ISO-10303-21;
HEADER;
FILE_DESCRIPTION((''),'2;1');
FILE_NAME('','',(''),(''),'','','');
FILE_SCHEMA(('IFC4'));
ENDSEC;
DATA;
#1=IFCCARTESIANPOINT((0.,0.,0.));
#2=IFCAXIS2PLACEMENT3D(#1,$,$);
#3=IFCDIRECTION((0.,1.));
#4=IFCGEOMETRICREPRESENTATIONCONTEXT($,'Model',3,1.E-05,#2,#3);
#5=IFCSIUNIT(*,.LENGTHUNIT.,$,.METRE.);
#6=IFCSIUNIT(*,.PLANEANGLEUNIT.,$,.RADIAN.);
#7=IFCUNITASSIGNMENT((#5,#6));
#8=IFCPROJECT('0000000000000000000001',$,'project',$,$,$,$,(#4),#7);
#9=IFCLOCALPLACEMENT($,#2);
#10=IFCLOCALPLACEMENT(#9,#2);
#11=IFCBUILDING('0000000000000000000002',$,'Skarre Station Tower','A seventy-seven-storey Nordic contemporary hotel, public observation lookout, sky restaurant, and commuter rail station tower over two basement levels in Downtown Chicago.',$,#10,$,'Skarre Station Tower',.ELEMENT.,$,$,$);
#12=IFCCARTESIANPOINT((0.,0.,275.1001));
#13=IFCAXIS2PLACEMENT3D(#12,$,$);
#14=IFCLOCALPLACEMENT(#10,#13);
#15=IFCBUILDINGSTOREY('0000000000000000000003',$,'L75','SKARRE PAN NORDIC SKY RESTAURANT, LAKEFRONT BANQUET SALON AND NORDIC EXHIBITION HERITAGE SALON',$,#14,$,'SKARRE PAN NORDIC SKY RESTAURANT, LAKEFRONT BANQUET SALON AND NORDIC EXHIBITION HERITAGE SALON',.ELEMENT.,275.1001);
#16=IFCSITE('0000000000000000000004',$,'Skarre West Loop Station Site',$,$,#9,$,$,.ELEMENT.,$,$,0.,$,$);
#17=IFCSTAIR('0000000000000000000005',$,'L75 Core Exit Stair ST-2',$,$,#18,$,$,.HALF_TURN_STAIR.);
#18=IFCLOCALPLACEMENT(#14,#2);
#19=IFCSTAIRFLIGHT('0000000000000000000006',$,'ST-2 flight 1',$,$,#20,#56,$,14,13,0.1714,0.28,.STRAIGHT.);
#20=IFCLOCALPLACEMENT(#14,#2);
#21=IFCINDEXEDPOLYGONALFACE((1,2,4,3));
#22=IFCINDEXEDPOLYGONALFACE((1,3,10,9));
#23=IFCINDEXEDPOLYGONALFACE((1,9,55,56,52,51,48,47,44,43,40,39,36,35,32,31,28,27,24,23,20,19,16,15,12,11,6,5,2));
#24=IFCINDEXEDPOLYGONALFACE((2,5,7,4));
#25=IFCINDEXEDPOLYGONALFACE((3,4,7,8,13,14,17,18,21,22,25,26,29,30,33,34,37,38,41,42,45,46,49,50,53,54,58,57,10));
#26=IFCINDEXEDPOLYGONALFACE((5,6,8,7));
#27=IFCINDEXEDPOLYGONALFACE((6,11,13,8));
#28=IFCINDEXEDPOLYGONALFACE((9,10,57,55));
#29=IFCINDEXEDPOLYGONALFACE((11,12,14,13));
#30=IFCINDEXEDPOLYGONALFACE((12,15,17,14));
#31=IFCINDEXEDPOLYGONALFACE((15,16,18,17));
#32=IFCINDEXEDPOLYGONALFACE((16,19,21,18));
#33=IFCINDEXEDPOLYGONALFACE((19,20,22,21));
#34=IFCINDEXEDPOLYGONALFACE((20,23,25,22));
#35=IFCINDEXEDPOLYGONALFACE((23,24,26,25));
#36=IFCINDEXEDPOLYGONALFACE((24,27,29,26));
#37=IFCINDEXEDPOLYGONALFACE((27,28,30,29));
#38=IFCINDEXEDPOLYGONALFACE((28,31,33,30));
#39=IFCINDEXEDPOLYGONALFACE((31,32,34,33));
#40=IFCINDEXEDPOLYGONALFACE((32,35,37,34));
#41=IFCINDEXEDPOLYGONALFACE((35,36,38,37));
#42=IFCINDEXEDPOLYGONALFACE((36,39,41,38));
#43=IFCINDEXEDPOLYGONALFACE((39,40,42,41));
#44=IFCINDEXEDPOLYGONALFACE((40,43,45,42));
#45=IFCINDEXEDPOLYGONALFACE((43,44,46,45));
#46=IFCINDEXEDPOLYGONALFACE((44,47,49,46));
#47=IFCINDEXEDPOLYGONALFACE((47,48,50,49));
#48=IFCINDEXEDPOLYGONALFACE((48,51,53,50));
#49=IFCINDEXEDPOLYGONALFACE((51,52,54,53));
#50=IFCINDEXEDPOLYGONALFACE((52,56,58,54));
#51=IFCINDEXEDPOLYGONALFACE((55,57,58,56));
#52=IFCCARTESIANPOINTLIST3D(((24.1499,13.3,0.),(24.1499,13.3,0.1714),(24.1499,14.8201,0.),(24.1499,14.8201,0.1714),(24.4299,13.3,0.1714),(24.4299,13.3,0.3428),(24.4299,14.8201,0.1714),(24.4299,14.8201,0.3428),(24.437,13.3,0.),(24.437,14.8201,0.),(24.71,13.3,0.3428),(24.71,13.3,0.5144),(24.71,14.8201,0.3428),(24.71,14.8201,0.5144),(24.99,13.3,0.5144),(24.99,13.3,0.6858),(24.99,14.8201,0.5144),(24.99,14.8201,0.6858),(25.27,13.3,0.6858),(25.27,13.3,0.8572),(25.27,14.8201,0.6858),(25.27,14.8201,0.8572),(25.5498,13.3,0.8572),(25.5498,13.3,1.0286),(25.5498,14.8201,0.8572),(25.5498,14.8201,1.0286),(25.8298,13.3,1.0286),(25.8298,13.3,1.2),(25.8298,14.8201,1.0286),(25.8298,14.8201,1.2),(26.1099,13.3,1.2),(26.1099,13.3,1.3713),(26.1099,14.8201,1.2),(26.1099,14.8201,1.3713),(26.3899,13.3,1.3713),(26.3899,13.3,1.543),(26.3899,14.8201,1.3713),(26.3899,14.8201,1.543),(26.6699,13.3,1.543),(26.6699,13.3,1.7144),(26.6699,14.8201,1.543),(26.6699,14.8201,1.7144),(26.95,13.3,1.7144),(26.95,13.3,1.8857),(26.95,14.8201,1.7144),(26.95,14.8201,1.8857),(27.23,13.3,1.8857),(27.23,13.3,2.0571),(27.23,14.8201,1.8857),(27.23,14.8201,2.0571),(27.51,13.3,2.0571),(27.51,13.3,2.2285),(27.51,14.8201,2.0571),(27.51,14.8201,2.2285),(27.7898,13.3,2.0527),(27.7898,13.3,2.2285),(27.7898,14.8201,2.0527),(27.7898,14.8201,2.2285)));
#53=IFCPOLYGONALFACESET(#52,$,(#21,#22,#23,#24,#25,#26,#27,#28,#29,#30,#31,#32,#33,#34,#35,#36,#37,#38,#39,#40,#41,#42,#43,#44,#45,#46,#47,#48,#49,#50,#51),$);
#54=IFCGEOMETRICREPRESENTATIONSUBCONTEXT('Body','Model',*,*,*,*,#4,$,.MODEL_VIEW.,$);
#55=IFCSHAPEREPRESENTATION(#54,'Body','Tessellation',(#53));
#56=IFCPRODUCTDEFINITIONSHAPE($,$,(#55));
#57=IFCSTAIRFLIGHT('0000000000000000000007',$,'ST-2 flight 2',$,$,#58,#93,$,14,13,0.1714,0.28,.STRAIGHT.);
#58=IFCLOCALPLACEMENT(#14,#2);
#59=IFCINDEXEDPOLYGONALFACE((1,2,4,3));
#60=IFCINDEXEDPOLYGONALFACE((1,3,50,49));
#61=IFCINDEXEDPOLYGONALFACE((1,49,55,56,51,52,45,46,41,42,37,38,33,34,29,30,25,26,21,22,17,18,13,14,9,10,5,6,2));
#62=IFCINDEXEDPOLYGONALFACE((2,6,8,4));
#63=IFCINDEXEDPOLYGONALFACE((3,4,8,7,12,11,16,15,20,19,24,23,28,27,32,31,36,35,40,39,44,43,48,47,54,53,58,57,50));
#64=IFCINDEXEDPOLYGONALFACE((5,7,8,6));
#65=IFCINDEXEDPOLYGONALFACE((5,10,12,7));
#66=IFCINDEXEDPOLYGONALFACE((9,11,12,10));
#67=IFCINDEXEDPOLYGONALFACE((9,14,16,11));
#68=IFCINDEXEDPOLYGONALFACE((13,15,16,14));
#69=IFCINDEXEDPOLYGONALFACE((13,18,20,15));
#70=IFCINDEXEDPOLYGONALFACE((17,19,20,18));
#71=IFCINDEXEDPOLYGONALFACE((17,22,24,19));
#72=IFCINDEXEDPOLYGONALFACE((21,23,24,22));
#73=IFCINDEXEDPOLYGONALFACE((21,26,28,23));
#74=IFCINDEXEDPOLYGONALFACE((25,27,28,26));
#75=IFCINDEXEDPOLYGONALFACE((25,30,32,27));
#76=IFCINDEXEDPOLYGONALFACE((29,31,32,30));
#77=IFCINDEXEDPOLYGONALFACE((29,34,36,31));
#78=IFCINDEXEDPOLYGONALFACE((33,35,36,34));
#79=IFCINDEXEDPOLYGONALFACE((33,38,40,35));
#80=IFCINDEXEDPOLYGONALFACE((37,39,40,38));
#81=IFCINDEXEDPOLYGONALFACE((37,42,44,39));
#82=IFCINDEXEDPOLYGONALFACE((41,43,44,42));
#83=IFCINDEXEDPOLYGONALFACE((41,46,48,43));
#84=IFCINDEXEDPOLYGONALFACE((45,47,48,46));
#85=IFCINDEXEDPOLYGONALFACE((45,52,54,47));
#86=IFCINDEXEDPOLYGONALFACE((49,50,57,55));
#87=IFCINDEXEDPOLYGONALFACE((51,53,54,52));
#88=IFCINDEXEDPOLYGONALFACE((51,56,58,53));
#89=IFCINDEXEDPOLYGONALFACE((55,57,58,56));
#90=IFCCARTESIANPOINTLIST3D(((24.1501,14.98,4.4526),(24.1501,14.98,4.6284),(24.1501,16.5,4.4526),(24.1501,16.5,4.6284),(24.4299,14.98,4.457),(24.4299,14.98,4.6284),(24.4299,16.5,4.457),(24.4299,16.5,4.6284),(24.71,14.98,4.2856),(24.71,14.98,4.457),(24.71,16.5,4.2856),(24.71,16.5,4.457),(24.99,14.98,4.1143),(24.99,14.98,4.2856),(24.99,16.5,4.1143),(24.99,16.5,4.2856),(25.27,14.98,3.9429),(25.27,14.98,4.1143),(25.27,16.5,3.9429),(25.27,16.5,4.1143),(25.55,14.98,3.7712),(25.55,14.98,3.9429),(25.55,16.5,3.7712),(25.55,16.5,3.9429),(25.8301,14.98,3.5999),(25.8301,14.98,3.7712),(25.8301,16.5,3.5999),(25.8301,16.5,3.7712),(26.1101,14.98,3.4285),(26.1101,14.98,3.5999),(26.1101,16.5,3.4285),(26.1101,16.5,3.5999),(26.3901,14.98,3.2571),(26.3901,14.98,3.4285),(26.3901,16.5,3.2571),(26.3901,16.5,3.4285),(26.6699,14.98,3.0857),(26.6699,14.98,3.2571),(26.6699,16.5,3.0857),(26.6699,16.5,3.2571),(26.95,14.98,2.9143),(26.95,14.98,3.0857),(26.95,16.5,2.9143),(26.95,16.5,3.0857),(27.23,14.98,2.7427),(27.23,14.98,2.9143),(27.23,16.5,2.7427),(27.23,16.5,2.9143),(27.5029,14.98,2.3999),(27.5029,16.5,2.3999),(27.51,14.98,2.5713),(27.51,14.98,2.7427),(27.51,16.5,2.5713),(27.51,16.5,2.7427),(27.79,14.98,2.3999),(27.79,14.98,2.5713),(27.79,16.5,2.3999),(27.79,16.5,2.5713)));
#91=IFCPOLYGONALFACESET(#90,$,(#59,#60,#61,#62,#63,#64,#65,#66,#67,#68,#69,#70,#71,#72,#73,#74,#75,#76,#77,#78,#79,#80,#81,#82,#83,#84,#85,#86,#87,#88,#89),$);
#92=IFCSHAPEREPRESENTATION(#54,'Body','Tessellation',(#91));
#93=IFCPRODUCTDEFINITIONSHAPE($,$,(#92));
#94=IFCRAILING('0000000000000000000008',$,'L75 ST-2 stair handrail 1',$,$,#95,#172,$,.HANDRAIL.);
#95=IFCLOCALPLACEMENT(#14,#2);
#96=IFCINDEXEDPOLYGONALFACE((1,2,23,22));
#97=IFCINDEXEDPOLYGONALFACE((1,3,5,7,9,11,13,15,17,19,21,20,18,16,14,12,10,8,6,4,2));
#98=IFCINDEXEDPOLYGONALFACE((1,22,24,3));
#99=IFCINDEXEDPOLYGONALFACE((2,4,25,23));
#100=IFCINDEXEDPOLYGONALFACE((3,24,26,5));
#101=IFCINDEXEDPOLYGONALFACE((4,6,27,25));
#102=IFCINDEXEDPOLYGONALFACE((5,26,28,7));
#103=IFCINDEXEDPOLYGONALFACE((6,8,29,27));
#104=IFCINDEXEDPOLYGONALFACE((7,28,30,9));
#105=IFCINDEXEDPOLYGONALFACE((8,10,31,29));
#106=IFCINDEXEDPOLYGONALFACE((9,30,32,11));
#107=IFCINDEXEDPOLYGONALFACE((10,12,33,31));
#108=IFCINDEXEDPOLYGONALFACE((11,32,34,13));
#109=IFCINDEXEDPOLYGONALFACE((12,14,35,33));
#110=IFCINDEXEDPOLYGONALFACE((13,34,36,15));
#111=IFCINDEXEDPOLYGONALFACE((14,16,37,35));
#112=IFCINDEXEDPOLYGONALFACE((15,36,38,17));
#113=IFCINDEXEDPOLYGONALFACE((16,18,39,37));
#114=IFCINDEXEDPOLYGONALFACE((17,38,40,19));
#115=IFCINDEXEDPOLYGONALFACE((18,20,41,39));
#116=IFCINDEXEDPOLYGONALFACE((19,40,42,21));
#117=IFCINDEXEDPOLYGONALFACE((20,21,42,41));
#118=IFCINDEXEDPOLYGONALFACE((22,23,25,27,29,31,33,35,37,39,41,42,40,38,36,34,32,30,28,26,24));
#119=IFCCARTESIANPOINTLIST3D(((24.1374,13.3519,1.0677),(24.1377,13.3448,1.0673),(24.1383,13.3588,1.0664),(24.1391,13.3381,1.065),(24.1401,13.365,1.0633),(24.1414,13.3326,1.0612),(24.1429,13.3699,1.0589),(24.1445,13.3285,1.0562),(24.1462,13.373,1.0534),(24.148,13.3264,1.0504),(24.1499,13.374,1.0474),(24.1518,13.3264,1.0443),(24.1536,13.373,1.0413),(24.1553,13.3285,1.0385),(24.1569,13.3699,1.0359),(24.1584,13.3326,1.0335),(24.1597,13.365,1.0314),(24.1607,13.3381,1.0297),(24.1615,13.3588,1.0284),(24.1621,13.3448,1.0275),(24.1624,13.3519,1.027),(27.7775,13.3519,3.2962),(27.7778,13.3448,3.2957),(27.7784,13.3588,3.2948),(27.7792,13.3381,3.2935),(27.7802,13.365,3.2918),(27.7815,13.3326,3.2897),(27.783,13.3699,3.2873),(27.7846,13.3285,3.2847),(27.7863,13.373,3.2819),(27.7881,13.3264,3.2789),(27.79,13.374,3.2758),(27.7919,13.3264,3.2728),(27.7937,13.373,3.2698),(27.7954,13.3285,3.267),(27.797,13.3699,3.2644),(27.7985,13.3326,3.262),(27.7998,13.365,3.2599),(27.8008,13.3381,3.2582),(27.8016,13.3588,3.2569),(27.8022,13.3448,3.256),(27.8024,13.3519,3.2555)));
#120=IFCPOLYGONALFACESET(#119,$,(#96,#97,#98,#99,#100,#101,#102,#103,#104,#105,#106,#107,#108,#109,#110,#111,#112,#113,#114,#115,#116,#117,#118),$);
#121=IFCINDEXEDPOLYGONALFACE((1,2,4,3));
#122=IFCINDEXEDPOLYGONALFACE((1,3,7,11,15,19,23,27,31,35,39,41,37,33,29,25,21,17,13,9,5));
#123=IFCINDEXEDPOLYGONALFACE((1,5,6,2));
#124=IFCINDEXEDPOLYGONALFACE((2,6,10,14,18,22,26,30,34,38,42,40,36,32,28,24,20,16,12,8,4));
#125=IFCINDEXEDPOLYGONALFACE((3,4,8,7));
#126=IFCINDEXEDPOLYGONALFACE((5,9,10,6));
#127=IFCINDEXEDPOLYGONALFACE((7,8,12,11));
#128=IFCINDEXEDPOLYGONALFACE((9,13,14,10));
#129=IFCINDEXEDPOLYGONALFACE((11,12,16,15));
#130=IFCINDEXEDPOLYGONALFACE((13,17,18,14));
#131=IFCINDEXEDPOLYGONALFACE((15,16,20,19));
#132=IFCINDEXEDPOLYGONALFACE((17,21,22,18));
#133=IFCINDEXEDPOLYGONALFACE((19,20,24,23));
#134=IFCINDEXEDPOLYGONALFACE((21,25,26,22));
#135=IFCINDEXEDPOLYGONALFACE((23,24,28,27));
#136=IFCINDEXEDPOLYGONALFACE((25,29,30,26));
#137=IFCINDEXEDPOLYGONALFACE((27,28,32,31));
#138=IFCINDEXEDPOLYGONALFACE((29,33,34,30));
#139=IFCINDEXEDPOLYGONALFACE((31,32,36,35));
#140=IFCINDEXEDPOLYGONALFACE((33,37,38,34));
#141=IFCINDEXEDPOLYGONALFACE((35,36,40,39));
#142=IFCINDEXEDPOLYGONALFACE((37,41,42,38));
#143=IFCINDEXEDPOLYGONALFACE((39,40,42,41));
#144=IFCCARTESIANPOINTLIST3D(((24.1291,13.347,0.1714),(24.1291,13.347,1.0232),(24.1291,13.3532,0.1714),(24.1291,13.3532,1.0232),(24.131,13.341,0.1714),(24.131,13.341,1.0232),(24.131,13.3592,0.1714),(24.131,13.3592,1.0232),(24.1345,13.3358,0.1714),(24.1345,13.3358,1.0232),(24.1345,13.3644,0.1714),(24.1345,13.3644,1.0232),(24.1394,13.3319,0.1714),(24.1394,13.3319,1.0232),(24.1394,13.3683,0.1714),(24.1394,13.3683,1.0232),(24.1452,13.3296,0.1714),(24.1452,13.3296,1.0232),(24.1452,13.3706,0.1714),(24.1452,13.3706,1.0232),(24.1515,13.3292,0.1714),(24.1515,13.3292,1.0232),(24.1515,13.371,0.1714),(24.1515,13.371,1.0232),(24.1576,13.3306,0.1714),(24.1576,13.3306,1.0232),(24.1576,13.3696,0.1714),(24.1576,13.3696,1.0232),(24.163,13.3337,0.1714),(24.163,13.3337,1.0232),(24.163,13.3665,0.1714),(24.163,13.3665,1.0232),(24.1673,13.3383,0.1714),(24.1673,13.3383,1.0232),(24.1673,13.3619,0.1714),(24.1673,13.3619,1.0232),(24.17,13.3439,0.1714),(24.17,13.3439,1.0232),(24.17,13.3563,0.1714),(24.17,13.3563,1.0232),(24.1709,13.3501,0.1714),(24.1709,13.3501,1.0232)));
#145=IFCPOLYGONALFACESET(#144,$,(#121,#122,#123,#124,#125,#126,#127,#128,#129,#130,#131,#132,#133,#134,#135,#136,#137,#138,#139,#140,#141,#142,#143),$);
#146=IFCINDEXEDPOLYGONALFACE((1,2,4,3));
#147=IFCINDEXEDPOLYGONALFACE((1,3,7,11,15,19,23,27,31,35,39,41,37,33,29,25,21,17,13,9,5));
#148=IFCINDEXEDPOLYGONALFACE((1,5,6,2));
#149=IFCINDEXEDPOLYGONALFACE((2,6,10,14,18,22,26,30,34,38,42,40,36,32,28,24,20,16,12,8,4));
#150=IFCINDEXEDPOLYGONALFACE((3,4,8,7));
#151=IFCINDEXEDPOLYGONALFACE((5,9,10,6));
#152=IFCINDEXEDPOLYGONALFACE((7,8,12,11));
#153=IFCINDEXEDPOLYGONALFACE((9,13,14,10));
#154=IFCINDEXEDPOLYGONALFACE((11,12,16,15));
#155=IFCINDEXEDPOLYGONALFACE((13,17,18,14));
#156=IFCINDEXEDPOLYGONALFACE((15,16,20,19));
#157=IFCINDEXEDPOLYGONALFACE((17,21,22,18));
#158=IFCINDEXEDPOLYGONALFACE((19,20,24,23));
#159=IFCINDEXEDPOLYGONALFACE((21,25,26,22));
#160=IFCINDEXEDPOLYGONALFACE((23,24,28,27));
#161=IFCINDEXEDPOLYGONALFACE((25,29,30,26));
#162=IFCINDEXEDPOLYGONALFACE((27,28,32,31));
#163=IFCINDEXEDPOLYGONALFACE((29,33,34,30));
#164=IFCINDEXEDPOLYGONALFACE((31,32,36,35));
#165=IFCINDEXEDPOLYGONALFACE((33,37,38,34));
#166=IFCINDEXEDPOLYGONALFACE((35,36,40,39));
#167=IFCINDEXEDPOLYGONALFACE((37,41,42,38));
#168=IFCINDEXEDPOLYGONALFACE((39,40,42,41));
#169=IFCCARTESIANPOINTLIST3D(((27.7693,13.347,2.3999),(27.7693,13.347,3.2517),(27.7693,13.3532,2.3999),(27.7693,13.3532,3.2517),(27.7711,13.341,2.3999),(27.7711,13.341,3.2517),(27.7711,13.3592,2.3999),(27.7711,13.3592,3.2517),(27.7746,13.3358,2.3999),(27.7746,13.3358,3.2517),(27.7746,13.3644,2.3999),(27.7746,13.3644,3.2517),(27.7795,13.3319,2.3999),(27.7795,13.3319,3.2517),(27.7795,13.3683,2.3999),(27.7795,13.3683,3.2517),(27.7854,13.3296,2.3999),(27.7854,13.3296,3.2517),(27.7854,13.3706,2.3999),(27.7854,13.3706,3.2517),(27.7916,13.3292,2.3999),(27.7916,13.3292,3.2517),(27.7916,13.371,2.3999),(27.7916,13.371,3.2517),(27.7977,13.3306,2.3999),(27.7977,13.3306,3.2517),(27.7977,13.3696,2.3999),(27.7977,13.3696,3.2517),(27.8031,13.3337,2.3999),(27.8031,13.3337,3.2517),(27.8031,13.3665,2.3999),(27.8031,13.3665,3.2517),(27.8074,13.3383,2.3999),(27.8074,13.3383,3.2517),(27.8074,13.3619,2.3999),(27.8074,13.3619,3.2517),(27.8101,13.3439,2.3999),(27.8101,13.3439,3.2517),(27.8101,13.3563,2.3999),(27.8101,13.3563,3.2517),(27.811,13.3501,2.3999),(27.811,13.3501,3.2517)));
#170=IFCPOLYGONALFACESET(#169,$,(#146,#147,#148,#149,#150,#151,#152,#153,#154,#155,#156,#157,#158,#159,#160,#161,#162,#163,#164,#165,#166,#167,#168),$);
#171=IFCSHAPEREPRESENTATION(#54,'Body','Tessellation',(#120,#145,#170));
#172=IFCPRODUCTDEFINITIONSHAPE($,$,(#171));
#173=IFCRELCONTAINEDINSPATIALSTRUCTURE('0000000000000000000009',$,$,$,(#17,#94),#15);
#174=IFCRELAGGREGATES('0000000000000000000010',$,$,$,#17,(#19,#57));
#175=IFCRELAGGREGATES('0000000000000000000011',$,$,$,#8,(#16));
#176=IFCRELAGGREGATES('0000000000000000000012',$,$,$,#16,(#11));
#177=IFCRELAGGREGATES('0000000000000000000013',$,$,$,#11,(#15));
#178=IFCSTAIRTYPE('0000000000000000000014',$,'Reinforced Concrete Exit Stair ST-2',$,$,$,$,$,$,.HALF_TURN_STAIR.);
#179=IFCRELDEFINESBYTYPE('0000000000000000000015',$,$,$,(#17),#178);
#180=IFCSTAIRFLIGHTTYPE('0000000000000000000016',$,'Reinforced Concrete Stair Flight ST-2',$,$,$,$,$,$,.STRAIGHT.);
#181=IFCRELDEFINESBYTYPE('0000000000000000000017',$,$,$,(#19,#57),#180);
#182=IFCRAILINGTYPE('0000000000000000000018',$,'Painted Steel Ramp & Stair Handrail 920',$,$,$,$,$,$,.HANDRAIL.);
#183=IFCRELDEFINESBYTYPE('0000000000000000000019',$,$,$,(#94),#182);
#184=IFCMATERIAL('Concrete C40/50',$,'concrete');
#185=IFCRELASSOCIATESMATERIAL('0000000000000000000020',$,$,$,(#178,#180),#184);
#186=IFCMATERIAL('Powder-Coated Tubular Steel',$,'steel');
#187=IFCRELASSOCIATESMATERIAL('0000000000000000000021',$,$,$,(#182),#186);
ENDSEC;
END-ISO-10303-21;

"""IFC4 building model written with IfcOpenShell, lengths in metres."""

from ifc_helpers import new_model, si_unit, direction, frame, origin, origin_2d, place, context, subcontext, project, spatial, polyline, circle, outline, extrude, material, type_object, element, aggregate, save


model = new_model("IFC4")

# Units and contexts
model_context = context("Model", 3, precision=1e-05, world=origin(), true_north=direction((0.0, 1.0)))
body_context = subcontext(model_context, "Body", "Model", "MODEL_VIEW")
ifc_project = project(units=[si_unit("LENGTHUNIT", "METRE"), si_unit("PLANEANGLEUNIT", "RADIAN")], contexts=[model_context])

# Site, building, storey
site_placement = place(None, origin())
site = spatial("IfcSite", under=ifc_project, at=site_placement, Name="Skarre West Loop Station Site", CompositionType="ELEMENT", RefElevation=0.0)
building_placement = place(site_placement, origin())
building = spatial("IfcBuilding", under=site, at=building_placement, Name="Skarre Station Tower", Description="A seventy-seven-storey Nordic contemporary hotel, public observation lookout, sky restaurant, and commuter rail station tower over two basement levels in Downtown Chicago.", LongName="Skarre Station Tower", CompositionType="ELEMENT")
storey_placement = place(building_placement, frame((0.0, 0.0, 275.1001)))
storey = spatial("IfcBuildingStorey", under=building, at=storey_placement, Name="L75", Description="SKARRE PAN NORDIC SKY RESTAURANT, LAKEFRONT BANQUET SALON AND NORDIC EXHIBITION HERITAGE SALON", LongName="SKARRE PAN NORDIC SKY RESTAURANT, LAKEFRONT BANQUET SALON AND NORDIC EXHIBITION HERITAGE SALON", CompositionType="ELEMENT", Elevation=275.1001)

# Stair, stair flights
ifc_material_1 = material(Name="Concrete C40/50", Category="concrete")
stair_type = type_object("IfcStairType", Name="Reinforced Concrete Exit Stair ST-2", PredefinedType="HALF_TURN_STAIR", material=ifc_material_1)
stair_placement = place(storey_placement, origin())
stair = element("IfcStair", 1, at=stair_placement, inside=storey, type_object=stair_type, Name="L75 Core Exit Stair ST-2", PredefinedType="HALF_TURN_STAIR")
stair_flight_type = type_object("IfcStairFlightType", Name="Reinforced Concrete Stair Flight ST-2", PredefinedType="STRAIGHT", material=ifc_material_1)
stair_flight_1_placement = place(storey_placement, frame((24.1499, 14.0601, 0.0), z_axis=(0.0, 0.0, 1.0), x_axis=(1.0, 0.0, 0.0)))
stair_flight_1 = element("IfcStairFlight", 2, at=stair_flight_1_placement, type_object=stair_flight_type, Name="ST-2 flight 1", NumberOfRisers=14, NumberOfTreads=13, PredefinedType="STRAIGHT", RiserHeight=0.1714, TreadLength=0.28, context=body_context, shape_type="SweptSolid", body=[
    extrude(outline(polyline([(0.0, 0.0), (0.0, 0.1714), (0.28, 0.1714), (0.28, 0.3428), (0.5601, 0.3428), (0.5601, 0.5144), (0.8401, 0.5144), (0.8401, 0.6858), (1.1201, 0.6858), (1.1201, 0.8572), (1.3999, 0.8572), (1.3999, 1.0286), (1.6799, 1.0286), (1.6799, 1.2), (1.96, 1.2), (1.96, 1.3713), (2.24, 1.3713), (2.24, 1.543), (2.52, 1.543), (2.52, 1.7144), (2.8, 1.7144), (2.8, 1.8857), (3.0801, 1.8857), (3.0801, 2.0571), (3.3601, 2.0571), (3.3601, 2.2285), (3.6399, 2.2285), (3.6399, 2.3999), (3.6399, 2.0527), (0.2871, 0.0), (0.0, 0.0)])), frame((0.0, 0.76, 0.0), z_axis=(0.0, -1.0, 0.0), x_axis=(1.0, 0.0, 0.0)), (0.0, 0.0, 1.0), 1.52),
])
stair_flight_2_placement = place(storey_placement, frame((27.79, 15.74, 2.3999), z_axis=(0.0, 0.0, 1.0), x_axis=(-1.0, 0.0, 0.0)))
stair_flight_2 = element("IfcStairFlight", 3, at=stair_flight_2_placement, type_object=stair_flight_type, Name="ST-2 flight 2", NumberOfRisers=14, NumberOfTreads=13, PredefinedType="STRAIGHT", RiserHeight=0.1714, TreadLength=0.28, context=body_context, shape_type="SweptSolid", body=[
    extrude(outline(polyline([(0.0, 0.0), (0.0, 0.1714), (0.28, 0.1714), (0.28, 0.3428), (0.5601, 0.3428), (0.5601, 0.5144), (0.8401, 0.5144), (0.8401, 0.6858), (1.1201, 0.6858), (1.1201, 0.8572), (1.3999, 0.8572), (1.3999, 1.0286), (1.6799, 1.0286), (1.6799, 1.2), (1.96, 1.2), (1.96, 1.3713), (2.24, 1.3713), (2.24, 1.543), (2.52, 1.543), (2.52, 1.7144), (2.8, 1.7144), (2.8, 1.8857), (3.0801, 1.8857), (3.0801, 2.0571), (3.3601, 2.0571), (3.3601, 2.2285), (3.6399, 2.2285), (3.6399, 2.3999), (3.6399, 2.0527), (0.2871, 0.0), (0.0, 0.0)])), frame((0.0, 0.76, 0.0), z_axis=(0.0, -1.0, 0.0), x_axis=(1.0, 0.0, 0.0)), (0.0, 0.0, 1.0), 1.52),
])
aggregate(stair, [stair_flight_1, stair_flight_2])

# Railing
ifc_material_2 = material(Name="Powder-Coated Tubular Steel", Category="steel")
railing_type_1 = type_object("IfcRailingType", Name="Painted Steel Ramp & Stair Handrail 920", PredefinedType="HANDRAIL", material=ifc_material_2)
railing_1_placement = place(storey_placement, frame((24.1499, 13.3501, 0.1714)))
element("IfcRailing", 4, at=railing_1_placement, inside=storey, type_object=railing_type_1, Name="L75 ST-2 stair handrail 1", PredefinedType="HANDRAIL", context=body_context, shape_type="SweptSolid", body=[
    extrude(circle(Radius=0.0239, at=origin_2d()), frame((0.0, 0.0, 0.876), z_axis=(0.852866, 0.0, 0.52213), x_axis=(0.0, 1.0, 0.0)), (0.0, 0.0, 1.0), 4.2681),
    extrude(circle(Radius=0.021, at=origin_2d()), origin(), (0.0, 0.0, 1.0), 0.8518),
    extrude(circle(Radius=0.021, at=origin_2d()), frame((3.6401, 0.0, 2.2285)), (0.0, 0.0, 1.0), 0.8518),
])

save(model, "model.ifc")
